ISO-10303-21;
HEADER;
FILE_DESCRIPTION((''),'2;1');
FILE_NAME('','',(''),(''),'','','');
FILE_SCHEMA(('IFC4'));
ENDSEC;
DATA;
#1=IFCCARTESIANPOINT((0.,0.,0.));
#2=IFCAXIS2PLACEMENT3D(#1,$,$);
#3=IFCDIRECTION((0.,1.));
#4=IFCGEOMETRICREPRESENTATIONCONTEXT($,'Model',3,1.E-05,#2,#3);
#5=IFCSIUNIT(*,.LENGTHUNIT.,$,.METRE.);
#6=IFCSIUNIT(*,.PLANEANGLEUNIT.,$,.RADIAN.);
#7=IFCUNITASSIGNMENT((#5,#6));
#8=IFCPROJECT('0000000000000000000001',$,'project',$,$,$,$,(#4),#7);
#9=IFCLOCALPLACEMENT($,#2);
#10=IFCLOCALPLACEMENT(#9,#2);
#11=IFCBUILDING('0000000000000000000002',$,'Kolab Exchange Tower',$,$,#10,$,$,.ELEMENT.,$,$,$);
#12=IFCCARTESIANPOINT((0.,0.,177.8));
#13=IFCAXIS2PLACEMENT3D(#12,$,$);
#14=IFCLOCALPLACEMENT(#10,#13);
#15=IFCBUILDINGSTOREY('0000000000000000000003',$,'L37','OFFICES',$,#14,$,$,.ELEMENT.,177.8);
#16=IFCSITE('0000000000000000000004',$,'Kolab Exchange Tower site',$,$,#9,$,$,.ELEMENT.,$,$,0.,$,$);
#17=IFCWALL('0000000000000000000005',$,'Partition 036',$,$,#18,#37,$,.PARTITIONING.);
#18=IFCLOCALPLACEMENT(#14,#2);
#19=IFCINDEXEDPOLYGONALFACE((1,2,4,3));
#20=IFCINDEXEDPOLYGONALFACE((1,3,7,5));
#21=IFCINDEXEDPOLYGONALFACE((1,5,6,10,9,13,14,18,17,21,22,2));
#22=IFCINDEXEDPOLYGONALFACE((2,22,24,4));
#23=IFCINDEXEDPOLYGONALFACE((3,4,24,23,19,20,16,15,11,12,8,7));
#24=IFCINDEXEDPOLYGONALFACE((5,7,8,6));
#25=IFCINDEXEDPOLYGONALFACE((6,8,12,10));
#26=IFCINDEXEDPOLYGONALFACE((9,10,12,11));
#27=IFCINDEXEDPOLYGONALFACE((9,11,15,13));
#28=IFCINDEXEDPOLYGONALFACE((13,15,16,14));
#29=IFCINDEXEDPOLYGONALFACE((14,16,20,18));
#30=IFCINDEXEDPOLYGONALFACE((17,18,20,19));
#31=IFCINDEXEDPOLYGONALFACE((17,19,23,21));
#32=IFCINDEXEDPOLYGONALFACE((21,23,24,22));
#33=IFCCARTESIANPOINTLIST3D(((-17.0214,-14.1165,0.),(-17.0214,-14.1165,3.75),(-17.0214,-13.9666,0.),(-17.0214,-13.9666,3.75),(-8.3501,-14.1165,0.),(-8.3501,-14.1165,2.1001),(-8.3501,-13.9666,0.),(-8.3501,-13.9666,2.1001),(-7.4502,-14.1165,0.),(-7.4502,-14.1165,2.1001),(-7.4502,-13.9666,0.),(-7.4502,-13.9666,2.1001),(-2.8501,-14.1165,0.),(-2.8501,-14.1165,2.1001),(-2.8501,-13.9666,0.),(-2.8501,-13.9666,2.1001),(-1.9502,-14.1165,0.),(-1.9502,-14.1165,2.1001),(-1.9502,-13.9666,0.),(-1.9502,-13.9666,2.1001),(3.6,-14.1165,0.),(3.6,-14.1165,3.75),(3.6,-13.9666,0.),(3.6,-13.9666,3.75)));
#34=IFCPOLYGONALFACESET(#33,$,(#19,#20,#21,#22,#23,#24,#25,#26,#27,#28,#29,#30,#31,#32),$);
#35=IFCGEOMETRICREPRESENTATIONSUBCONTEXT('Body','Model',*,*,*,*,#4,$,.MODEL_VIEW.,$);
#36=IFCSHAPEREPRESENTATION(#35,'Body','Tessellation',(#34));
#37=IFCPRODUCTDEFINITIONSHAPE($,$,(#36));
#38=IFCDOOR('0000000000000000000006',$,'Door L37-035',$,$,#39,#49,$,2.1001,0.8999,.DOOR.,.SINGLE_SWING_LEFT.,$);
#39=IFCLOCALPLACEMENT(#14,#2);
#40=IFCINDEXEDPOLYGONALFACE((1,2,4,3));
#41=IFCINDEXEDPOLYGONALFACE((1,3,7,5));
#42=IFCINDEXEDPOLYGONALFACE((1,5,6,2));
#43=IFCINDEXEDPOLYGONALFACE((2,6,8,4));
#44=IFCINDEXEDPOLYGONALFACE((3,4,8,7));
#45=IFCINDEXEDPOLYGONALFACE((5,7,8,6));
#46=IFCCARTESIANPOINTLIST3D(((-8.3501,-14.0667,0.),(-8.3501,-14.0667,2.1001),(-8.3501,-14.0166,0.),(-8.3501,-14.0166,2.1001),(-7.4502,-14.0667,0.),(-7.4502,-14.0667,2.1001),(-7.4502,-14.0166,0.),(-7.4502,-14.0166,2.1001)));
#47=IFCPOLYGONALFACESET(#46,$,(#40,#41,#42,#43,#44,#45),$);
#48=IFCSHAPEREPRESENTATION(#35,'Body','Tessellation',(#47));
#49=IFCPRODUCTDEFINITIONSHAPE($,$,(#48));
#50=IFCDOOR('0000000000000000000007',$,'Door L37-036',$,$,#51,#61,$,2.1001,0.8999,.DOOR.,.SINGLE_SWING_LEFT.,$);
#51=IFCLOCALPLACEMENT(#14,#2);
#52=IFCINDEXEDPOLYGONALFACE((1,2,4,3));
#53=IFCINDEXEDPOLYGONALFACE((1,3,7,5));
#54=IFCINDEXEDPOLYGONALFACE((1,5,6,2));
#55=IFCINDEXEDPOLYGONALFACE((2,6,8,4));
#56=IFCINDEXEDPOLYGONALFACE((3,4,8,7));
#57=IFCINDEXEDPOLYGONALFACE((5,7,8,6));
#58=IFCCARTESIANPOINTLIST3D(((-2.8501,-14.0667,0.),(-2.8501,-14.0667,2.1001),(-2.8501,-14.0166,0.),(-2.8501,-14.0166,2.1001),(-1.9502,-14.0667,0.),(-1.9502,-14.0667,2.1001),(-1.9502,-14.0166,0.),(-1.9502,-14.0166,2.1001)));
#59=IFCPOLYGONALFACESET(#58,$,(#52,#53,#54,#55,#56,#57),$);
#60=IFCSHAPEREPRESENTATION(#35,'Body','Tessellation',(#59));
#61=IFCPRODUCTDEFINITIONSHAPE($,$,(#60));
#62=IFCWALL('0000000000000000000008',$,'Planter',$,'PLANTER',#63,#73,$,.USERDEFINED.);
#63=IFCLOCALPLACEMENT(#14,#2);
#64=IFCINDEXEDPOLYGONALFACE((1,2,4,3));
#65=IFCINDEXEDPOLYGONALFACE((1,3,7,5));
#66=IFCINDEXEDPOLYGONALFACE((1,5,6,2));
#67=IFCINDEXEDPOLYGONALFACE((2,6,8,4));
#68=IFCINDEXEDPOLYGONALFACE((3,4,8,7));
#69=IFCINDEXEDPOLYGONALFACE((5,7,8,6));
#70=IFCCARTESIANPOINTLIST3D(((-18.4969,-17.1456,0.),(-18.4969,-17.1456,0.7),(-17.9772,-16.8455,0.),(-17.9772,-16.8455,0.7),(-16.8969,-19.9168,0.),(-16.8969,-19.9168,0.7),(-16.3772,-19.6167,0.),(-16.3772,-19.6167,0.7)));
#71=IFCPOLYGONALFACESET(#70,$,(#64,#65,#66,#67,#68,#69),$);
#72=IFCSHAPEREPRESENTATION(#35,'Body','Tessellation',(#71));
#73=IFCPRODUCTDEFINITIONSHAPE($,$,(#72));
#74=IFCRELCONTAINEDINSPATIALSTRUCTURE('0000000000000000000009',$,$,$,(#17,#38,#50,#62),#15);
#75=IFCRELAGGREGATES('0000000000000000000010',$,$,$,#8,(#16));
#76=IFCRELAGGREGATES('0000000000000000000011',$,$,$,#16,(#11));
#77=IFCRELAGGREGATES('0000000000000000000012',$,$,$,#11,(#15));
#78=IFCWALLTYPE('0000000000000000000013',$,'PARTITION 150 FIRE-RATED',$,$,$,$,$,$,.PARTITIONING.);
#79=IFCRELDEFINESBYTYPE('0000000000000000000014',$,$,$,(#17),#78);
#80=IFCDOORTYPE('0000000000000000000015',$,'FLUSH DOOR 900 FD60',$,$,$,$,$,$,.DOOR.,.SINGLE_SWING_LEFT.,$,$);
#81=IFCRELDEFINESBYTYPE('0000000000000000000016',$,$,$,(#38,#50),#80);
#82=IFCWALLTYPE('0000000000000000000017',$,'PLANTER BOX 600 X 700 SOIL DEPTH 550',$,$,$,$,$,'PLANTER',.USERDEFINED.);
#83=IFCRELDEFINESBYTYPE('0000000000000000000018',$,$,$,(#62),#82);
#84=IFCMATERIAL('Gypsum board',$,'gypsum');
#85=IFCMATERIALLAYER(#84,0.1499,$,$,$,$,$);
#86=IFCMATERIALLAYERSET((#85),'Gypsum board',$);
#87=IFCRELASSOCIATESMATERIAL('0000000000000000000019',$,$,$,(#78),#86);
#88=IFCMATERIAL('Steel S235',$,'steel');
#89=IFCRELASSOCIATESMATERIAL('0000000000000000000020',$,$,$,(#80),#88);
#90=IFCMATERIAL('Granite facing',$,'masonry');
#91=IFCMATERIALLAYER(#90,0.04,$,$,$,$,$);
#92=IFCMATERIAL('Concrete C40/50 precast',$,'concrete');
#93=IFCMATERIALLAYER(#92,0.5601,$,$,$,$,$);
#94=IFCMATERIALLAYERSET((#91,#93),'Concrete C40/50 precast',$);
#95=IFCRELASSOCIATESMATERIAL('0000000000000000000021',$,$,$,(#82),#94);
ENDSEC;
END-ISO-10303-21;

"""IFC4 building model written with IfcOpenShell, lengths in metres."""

from ifc_helpers import new_model, si_unit, direction, frame, frame_2d, origin, place, context, subcontext, project, spatial, rectangle, extrude, material, layer, layer_set, type_object, element, fill, save


model = new_model("IFC4")

# Units and contexts
model_context = context("Model", 3, precision=1e-05, world=origin(), true_north=direction((0.0, 1.0)))
body_context = subcontext(model_context, "Body", "Model", "MODEL_VIEW")
ifc_project = project(units=[si_unit("LENGTHUNIT", "METRE"), si_unit("PLANEANGLEUNIT", "RADIAN")], contexts=[model_context])

# Site, building, storey
site_placement = place(None, origin())
site = spatial("IfcSite", under=ifc_project, at=site_placement, Name="Kolab Exchange Tower site", CompositionType="ELEMENT", RefElevation=0.0)
building_placement = place(site_placement, origin())
building = spatial("IfcBuilding", under=site, at=building_placement, Name="Kolab Exchange Tower", CompositionType="ELEMENT")
storey_placement = place(building_placement, frame((0.0, 0.0, 177.8)))
storey = spatial("IfcBuildingStorey", under=building, at=storey_placement, Name="L37", Description="OFFICES", CompositionType="ELEMENT", Elevation=177.8)

# Wall, openings, doors
ifc_material_1 = material(Name="Gypsum board", Category="gypsum")
ifc_layer_1 = layer(ifc_material_1, 0.1499)
ifc_layer_set_1 = layer_set([ifc_layer_1], Name="Gypsum board")
wall_type_1 = type_object("IfcWallType", Name="PARTITION 150 FIRE-RATED", PredefinedType="PARTITIONING", material=ifc_layer_set_1)
ifc_material_2 = material(Name="Steel S235", Category="steel")
wall_1_placement = place(storey_placement, frame((-17.0212, -14.0415, 0.0), z_axis=(0.0, 0.0, 1.0), x_axis=(1.0, 0.0, 0.0)))
wall_1 = element("IfcWall", 1, at=wall_1_placement, inside=storey, type_object=wall_type_1, Name="Partition 036", PredefinedType="PARTITIONING", context=body_context, shape_type="SweptSolid", body=[
    extrude(rectangle(XDim=20.6213, YDim=0.1499, at=frame_2d((10.3105, 0.0))), origin(), (0.0, 0.0, 1.0), 3.75),
])
opening_1_placement = place(wall_1_placement, frame((8.6711, 0.0, 0.0)))
opening_1 = element("IfcOpeningElement", 2, at=opening_1_placement, cuts=wall_1, PredefinedType="OPENING", context=body_context, shape_type="SweptSolid", body=[
    extrude(rectangle(XDim=0.8999, YDim=2.1001, at=frame_2d((0.45, 1.05))), frame((0.0, 0.085, 0.0), z_axis=(0.0, -1.0, 0.0), x_axis=(1.0, 0.0, 0.0)), (0.0, 0.0, 1.0), 0.1699),
])
opening_2_placement = place(wall_1_placement, frame((14.1711, 0.0, 0.0)))
opening_2 = element("IfcOpeningElement", 3, at=opening_2_placement, cuts=wall_1, PredefinedType="OPENING", context=body_context, shape_type="SweptSolid", body=[
    extrude(rectangle(XDim=0.8999, YDim=2.1001, at=frame_2d((0.45, 1.05))), frame((0.0, 0.085, 0.0), z_axis=(0.0, -1.0, 0.0), x_axis=(1.0, 0.0, 0.0)), (0.0, 0.0, 1.0), 0.1699),
])
door_type_1 = type_object("IfcDoorType", Name="FLUSH DOOR 900 FD60", OperationType="SINGLE_SWING_LEFT", PredefinedType="DOOR", material=ifc_material_2)
door_1_placement = place(opening_1_placement, origin())
door_1 = element("IfcDoor", 4, at=door_1_placement, inside=storey, type_object=door_type_1, Name="Door L37-035", OperationType="SINGLE_SWING_LEFT", OverallHeight=2.1001, OverallWidth=0.8999, PredefinedType="DOOR", context=body_context, shape_type="SweptSolid", body=[
    extrude(rectangle(XDim=0.8999, YDim=2.1001, at=frame_2d((0.45, 1.05))), frame((0.0, 0.0249, 0.0), z_axis=(0.0, -1.0, 0.0), x_axis=(1.0, 0.0, 0.0)), (0.0, 0.0, 1.0), 0.05),
])
fill(opening_1, door_1)
door_2_placement = place(opening_2_placement, origin())
door_2 = element("IfcDoor", 5, at=door_2_placement, inside=storey, type_object=door_type_1, Name="Door L37-036", OperationType="SINGLE_SWING_LEFT", OverallHeight=2.1001, OverallWidth=0.8999, PredefinedType="DOOR", context=body_context, shape_type="SweptSolid", body=[
    extrude(rectangle(XDim=0.8999, YDim=2.1001, at=frame_2d((0.45, 1.05))), frame((0.0, 0.0249, 0.0), z_axis=(0.0, -1.0, 0.0), x_axis=(1.0, 0.0, 0.0)), (0.0, 0.0, 1.0), 0.05),
])
fill(opening_2, door_2)

# Wall
ifc_material_3 = material(Name="Granite facing", Category="masonry")
ifc_layer_2 = layer(ifc_material_3, 0.04)
ifc_material_4 = material(Name="Concrete C40/50 precast", Category="concrete")
ifc_layer_3 = layer(ifc_material_4, 0.5601)
ifc_layer_set_2 = layer_set([ifc_layer_2, ifc_layer_3], Name="Concrete C40/50 precast")
wall_type_2 = type_object("IfcWallType", Name="PLANTER BOX 600 X 700 SOIL DEPTH 550", ElementType="PLANTER", PredefinedType="USERDEFINED", material=ifc_layer_set_2)
wall_2_placement = place(storey_placement, frame((-16.637, -19.7668, 0.0), z_axis=(0.0, 0.0, 1.0), x_axis=(-0.500028, 0.866009, 0.0)))
element("IfcWall", 6, at=wall_2_placement, inside=storey, type_object=wall_type_2, Name="Planter", ObjectType="PLANTER", PredefinedType="USERDEFINED", context=body_context, shape_type="SweptSolid", body=[
    extrude(rectangle(XDim=3.2, YDim=0.6001, at=frame_2d((1.6001, 0.0))), origin(), (0.0, 0.0, 1.0), 0.7),
])

save(model, "model.ifc")
